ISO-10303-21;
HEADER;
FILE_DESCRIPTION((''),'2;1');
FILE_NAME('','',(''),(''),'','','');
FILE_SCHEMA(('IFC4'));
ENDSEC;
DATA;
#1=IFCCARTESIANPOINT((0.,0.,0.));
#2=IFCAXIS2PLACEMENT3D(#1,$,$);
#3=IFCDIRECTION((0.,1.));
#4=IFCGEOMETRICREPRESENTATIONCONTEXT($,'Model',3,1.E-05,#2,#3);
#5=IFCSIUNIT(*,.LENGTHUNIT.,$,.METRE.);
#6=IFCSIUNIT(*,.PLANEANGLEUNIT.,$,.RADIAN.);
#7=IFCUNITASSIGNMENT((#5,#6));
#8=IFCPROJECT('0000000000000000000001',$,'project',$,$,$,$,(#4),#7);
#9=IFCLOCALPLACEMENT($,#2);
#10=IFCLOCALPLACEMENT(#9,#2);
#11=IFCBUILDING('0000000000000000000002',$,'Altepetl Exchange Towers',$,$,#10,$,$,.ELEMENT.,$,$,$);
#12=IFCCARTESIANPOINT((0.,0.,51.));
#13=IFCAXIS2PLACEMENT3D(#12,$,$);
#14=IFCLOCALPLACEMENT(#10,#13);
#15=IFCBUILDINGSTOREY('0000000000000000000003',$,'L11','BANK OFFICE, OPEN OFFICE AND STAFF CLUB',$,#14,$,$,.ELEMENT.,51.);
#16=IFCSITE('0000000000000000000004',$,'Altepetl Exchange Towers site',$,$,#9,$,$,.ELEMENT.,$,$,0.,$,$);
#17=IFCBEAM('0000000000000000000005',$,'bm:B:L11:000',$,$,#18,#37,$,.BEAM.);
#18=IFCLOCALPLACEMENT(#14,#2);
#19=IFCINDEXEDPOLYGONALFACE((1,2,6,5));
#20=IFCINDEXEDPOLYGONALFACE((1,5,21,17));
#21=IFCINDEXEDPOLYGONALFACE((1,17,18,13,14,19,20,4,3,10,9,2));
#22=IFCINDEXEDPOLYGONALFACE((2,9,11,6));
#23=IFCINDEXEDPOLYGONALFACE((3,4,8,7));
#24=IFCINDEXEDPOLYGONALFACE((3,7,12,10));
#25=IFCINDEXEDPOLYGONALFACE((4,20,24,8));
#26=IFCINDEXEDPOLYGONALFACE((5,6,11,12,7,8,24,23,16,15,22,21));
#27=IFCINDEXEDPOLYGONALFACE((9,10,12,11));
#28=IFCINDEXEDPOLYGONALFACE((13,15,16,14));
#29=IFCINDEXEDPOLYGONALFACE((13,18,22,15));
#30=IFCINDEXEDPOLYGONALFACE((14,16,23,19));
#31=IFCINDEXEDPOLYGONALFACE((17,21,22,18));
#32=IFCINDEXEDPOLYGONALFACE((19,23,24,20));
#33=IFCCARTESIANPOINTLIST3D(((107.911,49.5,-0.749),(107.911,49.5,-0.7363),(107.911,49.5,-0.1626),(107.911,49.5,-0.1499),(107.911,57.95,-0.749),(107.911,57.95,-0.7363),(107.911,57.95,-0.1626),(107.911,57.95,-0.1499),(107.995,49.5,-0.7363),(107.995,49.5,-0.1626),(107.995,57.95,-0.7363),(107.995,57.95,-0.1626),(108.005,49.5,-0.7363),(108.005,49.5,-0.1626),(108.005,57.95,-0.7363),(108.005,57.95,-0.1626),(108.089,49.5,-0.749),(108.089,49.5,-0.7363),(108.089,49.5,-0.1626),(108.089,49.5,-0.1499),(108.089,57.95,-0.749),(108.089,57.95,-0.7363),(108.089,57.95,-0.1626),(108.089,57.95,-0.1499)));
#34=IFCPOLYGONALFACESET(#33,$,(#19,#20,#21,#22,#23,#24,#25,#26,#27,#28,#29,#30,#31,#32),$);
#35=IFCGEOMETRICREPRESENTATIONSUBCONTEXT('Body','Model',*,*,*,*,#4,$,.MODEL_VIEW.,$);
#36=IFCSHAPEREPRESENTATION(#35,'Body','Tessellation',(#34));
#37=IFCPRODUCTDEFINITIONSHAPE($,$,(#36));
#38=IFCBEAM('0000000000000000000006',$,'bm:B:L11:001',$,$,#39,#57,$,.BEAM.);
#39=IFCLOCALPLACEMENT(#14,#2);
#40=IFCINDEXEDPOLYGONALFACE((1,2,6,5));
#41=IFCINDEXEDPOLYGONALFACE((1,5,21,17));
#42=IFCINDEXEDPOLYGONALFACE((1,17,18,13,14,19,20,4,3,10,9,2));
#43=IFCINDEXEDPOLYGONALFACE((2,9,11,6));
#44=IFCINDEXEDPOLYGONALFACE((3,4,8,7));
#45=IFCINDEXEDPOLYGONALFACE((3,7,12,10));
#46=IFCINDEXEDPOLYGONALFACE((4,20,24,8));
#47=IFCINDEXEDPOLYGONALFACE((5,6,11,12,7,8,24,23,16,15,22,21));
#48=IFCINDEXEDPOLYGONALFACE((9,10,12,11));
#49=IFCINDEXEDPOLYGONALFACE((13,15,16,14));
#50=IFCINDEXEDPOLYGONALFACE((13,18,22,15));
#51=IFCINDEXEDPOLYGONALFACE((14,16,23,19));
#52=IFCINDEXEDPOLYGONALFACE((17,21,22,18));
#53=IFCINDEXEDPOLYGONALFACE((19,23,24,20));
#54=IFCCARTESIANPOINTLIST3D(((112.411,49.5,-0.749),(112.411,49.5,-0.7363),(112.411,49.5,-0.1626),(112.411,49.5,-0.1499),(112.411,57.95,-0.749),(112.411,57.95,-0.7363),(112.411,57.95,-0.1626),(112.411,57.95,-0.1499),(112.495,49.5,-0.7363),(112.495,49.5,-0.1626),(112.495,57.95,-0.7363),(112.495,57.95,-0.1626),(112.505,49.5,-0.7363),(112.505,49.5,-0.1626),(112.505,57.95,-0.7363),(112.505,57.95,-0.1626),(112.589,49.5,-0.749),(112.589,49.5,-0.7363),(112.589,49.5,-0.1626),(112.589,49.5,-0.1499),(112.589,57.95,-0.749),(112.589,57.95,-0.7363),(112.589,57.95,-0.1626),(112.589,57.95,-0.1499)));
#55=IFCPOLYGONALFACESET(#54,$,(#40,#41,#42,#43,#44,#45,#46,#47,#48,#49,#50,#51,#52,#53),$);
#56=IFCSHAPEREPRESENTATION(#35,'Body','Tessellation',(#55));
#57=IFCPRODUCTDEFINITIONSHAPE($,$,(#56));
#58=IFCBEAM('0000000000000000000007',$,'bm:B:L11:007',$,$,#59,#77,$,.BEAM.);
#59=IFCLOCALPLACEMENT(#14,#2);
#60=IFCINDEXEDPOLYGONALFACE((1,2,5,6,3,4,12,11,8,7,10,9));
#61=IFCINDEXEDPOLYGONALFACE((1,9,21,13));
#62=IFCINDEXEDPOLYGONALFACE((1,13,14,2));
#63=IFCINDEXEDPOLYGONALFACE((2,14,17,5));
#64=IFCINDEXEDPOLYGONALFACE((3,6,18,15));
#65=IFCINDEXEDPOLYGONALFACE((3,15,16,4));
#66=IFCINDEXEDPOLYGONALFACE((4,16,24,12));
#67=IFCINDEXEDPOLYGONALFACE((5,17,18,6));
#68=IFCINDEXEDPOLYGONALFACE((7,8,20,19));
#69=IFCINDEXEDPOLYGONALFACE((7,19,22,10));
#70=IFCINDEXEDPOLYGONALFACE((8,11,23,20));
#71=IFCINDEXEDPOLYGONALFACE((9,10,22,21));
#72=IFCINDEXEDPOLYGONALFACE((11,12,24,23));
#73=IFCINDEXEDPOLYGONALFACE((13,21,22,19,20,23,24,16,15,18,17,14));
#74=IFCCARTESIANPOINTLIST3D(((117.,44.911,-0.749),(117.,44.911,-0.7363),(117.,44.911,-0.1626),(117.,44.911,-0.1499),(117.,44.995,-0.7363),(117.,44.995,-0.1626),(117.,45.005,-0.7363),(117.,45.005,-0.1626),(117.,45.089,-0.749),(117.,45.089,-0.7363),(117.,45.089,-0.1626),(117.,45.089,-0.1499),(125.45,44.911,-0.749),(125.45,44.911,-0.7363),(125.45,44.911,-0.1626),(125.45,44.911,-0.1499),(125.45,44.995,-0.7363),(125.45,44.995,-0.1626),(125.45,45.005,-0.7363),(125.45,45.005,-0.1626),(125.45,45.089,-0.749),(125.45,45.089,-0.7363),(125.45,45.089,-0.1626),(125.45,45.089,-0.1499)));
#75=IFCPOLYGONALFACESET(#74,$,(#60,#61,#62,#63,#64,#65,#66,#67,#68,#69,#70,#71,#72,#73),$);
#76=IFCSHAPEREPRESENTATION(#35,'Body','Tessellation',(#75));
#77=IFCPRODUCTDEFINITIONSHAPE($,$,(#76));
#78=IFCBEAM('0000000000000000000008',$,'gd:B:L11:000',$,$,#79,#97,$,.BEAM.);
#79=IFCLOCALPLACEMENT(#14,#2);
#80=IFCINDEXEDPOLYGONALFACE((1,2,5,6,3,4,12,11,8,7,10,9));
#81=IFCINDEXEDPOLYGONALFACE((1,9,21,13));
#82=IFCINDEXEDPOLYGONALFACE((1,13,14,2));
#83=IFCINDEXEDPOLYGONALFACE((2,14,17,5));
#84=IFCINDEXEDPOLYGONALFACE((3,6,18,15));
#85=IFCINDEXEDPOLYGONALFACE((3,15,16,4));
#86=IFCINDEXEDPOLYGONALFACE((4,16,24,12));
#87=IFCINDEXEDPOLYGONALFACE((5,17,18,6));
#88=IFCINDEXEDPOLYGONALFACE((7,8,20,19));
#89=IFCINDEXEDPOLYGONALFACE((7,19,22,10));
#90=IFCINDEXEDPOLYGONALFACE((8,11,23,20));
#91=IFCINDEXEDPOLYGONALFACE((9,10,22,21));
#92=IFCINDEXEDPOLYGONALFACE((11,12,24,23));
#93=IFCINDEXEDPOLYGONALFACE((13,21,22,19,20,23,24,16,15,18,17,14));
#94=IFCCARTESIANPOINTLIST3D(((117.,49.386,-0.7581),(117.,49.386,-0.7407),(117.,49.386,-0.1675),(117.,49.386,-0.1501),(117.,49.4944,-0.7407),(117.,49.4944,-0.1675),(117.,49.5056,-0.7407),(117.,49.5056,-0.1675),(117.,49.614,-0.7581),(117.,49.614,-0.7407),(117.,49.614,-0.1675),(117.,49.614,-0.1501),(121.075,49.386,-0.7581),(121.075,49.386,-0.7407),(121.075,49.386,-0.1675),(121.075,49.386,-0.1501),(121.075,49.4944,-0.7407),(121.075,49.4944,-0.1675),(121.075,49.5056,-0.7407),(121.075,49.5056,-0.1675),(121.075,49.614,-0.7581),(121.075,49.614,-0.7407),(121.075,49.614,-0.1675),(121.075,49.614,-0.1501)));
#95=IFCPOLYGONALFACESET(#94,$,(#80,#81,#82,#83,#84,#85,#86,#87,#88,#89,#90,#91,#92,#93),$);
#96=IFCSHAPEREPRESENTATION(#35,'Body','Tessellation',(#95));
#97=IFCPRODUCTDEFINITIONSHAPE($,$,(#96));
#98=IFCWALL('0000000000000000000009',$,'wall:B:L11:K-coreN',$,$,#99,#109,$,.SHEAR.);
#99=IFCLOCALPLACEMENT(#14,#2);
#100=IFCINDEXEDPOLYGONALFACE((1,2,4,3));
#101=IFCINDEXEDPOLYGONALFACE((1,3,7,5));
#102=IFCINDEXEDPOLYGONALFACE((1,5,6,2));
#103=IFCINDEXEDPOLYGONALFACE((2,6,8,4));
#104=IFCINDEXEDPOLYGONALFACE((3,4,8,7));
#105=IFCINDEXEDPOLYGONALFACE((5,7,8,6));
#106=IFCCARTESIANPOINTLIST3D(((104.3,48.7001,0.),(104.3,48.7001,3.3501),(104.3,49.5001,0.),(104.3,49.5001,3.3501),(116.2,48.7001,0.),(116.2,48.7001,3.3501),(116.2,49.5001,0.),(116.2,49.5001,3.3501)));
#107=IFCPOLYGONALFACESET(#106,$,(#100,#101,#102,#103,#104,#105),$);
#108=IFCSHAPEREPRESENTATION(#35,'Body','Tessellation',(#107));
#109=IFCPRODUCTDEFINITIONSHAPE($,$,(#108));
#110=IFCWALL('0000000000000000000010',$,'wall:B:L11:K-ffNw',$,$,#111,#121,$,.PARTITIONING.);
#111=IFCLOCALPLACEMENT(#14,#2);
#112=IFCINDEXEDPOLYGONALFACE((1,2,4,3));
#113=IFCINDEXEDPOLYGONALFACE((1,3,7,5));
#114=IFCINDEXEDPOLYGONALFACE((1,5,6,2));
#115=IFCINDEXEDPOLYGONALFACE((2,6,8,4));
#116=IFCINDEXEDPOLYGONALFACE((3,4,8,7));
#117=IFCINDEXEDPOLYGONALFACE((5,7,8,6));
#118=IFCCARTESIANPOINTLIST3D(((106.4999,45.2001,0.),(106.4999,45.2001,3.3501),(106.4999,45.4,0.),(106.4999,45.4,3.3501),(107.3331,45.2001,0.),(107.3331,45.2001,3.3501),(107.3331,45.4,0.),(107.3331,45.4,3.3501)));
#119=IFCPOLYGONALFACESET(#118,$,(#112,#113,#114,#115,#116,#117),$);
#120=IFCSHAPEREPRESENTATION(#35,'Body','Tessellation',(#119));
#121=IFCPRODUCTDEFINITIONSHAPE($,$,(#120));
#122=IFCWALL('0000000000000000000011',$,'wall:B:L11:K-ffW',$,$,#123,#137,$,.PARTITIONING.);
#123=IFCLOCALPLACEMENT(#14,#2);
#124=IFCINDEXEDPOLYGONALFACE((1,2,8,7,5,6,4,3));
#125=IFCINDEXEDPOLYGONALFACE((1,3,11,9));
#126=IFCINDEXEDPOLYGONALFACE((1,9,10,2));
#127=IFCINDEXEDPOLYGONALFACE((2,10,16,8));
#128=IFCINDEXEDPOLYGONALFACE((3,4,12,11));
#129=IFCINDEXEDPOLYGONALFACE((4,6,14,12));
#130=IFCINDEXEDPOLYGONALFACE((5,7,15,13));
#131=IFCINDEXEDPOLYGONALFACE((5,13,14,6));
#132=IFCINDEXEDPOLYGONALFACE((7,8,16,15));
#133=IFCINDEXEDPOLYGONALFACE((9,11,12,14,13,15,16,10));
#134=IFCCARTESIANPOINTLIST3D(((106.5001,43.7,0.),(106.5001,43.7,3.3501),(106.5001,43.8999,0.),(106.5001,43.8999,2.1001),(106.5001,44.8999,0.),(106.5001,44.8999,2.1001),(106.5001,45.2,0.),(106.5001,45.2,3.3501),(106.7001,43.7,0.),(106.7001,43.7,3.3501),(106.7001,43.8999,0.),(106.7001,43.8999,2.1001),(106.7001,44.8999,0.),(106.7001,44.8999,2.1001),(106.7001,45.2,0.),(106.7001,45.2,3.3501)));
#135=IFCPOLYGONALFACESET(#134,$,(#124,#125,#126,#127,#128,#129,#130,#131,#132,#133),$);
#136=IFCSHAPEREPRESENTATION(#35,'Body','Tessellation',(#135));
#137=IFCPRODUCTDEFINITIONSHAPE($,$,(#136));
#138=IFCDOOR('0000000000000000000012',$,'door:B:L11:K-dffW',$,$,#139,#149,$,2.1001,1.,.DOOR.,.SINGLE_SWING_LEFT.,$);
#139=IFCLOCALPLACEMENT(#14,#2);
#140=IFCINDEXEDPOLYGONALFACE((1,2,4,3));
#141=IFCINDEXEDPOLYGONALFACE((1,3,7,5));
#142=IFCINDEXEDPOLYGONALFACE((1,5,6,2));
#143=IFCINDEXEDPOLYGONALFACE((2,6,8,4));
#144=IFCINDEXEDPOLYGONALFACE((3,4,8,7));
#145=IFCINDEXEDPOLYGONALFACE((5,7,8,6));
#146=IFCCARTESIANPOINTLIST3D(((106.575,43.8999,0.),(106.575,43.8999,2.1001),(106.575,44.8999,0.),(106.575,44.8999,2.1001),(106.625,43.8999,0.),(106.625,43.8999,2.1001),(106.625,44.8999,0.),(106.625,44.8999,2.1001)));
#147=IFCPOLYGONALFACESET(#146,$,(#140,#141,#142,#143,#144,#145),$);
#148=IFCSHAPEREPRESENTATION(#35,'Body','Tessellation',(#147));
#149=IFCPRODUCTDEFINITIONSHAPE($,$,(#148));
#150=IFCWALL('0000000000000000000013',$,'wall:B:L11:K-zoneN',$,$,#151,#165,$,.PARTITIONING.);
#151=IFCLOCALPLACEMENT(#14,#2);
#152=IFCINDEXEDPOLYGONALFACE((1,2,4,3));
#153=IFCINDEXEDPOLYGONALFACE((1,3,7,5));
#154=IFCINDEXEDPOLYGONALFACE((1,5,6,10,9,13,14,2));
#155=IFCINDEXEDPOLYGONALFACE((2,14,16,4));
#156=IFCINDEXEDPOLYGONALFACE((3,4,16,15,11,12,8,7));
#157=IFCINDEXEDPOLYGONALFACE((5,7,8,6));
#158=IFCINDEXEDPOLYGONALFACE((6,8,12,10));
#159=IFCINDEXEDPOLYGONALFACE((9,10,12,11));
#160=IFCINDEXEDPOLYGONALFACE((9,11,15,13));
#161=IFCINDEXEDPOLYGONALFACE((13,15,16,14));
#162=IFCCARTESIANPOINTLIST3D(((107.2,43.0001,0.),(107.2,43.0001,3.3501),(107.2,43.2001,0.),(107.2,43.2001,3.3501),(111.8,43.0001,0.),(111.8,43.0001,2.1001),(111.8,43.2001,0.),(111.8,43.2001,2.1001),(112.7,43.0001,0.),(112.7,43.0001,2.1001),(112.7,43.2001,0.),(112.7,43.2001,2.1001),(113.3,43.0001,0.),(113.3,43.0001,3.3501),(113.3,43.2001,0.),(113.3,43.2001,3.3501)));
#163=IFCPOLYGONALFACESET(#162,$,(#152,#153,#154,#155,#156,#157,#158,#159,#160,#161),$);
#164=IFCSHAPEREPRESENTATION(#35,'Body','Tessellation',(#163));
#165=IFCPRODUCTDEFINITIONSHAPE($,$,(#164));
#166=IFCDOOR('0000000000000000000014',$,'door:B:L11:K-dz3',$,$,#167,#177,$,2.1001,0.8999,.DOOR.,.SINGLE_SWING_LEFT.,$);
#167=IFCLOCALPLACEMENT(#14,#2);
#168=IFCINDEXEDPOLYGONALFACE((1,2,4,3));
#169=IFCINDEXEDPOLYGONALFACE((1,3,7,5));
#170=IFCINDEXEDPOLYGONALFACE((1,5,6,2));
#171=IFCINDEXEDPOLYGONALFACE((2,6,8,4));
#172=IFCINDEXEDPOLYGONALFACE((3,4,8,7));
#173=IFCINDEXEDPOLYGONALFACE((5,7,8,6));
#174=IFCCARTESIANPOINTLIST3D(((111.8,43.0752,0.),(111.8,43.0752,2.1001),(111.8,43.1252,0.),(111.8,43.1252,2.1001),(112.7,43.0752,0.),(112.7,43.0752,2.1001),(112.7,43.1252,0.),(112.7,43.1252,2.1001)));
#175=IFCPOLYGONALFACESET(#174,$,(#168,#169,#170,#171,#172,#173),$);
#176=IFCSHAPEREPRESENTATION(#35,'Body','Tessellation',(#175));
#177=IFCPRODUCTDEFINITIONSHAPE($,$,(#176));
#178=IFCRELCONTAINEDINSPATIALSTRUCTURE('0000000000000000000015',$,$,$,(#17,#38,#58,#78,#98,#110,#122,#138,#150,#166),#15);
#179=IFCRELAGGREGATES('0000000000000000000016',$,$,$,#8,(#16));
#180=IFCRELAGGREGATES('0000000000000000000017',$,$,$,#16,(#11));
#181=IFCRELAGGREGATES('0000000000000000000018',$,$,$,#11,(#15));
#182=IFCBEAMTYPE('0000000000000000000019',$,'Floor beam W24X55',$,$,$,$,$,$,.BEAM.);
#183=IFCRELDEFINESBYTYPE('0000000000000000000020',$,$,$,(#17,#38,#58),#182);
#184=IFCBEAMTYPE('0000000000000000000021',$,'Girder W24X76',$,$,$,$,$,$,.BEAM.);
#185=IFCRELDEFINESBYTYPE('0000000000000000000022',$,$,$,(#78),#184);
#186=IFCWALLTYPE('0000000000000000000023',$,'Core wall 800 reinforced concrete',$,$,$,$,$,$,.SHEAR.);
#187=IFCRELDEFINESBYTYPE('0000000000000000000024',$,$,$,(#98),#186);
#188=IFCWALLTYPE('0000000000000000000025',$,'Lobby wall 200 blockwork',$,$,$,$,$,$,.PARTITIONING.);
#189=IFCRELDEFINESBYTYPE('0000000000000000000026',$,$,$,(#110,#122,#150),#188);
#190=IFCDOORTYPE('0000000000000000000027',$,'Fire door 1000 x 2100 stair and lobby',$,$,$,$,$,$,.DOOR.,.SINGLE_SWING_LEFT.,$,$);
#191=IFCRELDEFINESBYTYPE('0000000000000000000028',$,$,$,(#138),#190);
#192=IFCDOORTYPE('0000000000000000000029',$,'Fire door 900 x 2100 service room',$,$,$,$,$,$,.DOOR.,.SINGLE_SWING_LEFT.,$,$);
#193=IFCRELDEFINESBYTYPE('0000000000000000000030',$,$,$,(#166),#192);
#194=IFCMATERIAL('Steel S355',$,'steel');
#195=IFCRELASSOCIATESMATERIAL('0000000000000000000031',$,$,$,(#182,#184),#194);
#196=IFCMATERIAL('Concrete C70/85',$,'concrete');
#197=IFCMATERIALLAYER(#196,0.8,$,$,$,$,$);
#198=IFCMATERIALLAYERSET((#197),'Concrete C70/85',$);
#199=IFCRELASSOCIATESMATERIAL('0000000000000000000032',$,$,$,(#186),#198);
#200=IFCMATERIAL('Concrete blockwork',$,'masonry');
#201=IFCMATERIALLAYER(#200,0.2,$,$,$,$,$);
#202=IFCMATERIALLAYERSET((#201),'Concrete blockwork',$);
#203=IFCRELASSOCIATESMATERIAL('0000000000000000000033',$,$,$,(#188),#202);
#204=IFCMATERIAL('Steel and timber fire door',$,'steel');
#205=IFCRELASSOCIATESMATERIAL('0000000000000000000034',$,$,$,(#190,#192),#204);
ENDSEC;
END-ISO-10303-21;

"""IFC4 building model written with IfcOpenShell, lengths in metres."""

from ifc_helpers import new_model, si_unit, direction, frame, frame_2d, origin, origin_2d, place, context, subcontext, project, spatial, rectangle, i_section, extrude, material, layer, layer_set, material_profile, profile_set, type_object, element, fill, save


model = new_model("IFC4")

# Units and contexts
model_context = context("Model", 3, precision=1e-05, world=origin(), true_north=direction((0.0, 1.0)))
body_context = subcontext(model_context, "Body", "Model", "MODEL_VIEW")
ifc_project = project(units=[si_unit("LENGTHUNIT", "METRE"), si_unit("PLANEANGLEUNIT", "RADIAN")], contexts=[model_context])

# Site, building, storey
site_placement = place(None, origin())
site = spatial("IfcSite", under=ifc_project, at=site_placement, Name="Altepetl Exchange Towers site", CompositionType="ELEMENT", RefElevation=0.0)
building_placement = place(site_placement, origin())
building = spatial("IfcBuilding", under=site, at=building_placement, Name="Altepetl Exchange Towers", CompositionType="ELEMENT")
storey_placement = place(building_placement, frame((0.0, 0.0, 51.0)))
storey = spatial("IfcBuildingStorey", under=building, at=storey_placement, Name="L11", Description="BANK OFFICE, OPEN OFFICE AND STAFF CLUB", CompositionType="ELEMENT", Elevation=51.0)

# Beams
ifc_material_1 = material(Name="Steel S355", Category="steel")
ifc_material_profile_1 = material_profile(ifc_material_1, i_section(OverallWidth=0.178, OverallDepth=0.5991, WebThickness=0.01, FlangeThickness=0.0127, at=origin_2d()), Name="W24X55")
ifc_profile_set_1 = profile_set([ifc_material_profile_1], Name="Steel S355")
beam_type_1 = type_object("IfcBeamType", Name="Floor beam W24X55", PredefinedType="BEAM", material=ifc_profile_set_1)
for number, where, z_axis, x_axis, name in (
    (1, (108.0, 49.5, -0.4495), (0.0, 1.0, 0.0), (-1.0, 0.0, 0.0), "bm:B:L11:000"),
    (2, (112.5, 49.5, -0.4495), (0.0, 1.0, 0.0), (-1.0, 0.0, 0.0), "bm:B:L11:001"),
    (3, (117.0, 45.0, -0.4495), (1.0, 0.0, 0.0), (0.0, 1.0, 0.0), "bm:B:L11:007"),
):
    element("IfcBeam", number, at=place(storey_placement, frame(where, z_axis=z_axis, x_axis=x_axis)), inside=storey, type_object=beam_type_1, Name=name, PredefinedType="BEAM", context=body_context, shape_type="SweptSolid", body=[
        extrude(i_section(OverallWidth=0.178, OverallDepth=0.5991, WebThickness=0.01, FlangeThickness=0.0127, at=origin_2d()), origin(), (0.0, 0.0, 1.0), 8.45),
    ])
ifc_material_profile_2 = material_profile(ifc_material_1, i_section(OverallWidth=0.228, OverallDepth=0.6079, WebThickness=0.0112, FlangeThickness=0.0173, at=origin_2d()), Name="W24X76")
ifc_profile_set_2 = profile_set([ifc_material_profile_2], Name="Steel S355")
beam_type_2 = type_object("IfcBeamType", Name="Girder W24X76", PredefinedType="BEAM", material=ifc_profile_set_2)
beam_placement = place(storey_placement, frame((117.0, 49.5, -0.4541), z_axis=(1.0, 0.0, 0.0), x_axis=(0.0, 1.0, 0.0)))
element("IfcBeam", 4, at=beam_placement, inside=storey, type_object=beam_type_2, Name="gd:B:L11:000", PredefinedType="BEAM", context=body_context, shape_type="SweptSolid", body=[
    extrude(i_section(OverallWidth=0.228, OverallDepth=0.6079, WebThickness=0.0112, FlangeThickness=0.0173, at=origin_2d()), origin(), (0.0, 0.0, 1.0), 4.075),
])

# Walls
ifc_material_2 = material(Name="Concrete C70/85", Category="concrete")
ifc_layer_1 = layer(ifc_material_2, 0.8)
ifc_layer_set_1 = layer_set([ifc_layer_1], Name="Concrete C70/85")
wall_type_1 = type_object("IfcWallType", Name="Core wall 800 reinforced concrete", PredefinedType="SHEAR", material=ifc_layer_set_1)
wall_1_placement = place(storey_placement, frame((104.3, 49.1001, 0.0)))
element("IfcWall", 5, at=wall_1_placement, inside=storey, type_object=wall_type_1, Name="wall:B:L11:K-coreN", PredefinedType="SHEAR", context=body_context, shape_type="SweptSolid", body=[
    extrude(rectangle(XDim=11.8999, YDim=0.8, at=frame_2d((5.95, 0.0))), origin(), (0.0, 0.0, 1.0), 3.3501),
])
ifc_material_3 = material(Name="Concrete blockwork", Category="masonry")
ifc_layer_2 = layer(ifc_material_3, 0.2)
ifc_layer_set_2 = layer_set([ifc_layer_2], Name="Concrete blockwork")
wall_type_2 = type_object("IfcWallType", Name="Lobby wall 200 blockwork", PredefinedType="PARTITIONING", material=ifc_layer_set_2)
wall_2_placement = place(storey_placement, frame((106.5, 45.3, 0.0)))
element("IfcWall", 6, at=wall_2_placement, inside=storey, type_object=wall_type_2, Name="wall:B:L11:K-ffNw", PredefinedType="PARTITIONING", context=body_context, shape_type="SweptSolid", body=[
    extrude(rectangle(XDim=0.8333, YDim=0.2, at=frame_2d((0.4165, 0.0))), origin(), (0.0, 0.0, 1.0), 3.3501),
])

# Walls, openings, doors
wall_3_placement = place(storey_placement, frame((106.6001, 43.7, 0.0), z_axis=(0.0, 0.0, 1.0), x_axis=(0.0, 1.0, 0.0)))
wall_3 = element("IfcWall", 7, at=wall_3_placement, inside=storey, type_object=wall_type_2, Name="wall:B:L11:K-ffW", PredefinedType="PARTITIONING", context=body_context, shape_type="SweptSolid", body=[
    extrude(rectangle(XDim=1.5, YDim=0.2, at=frame_2d((0.75, 0.0))), origin(), (0.0, 0.0, 1.0), 3.3501),
])
opening_1_placement = place(wall_3_placement, frame((0.2, 0.0, 0.0)))
opening_1 = element("IfcOpeningElement", 8, at=opening_1_placement, cuts=wall_3, PredefinedType="OPENING", context=body_context, shape_type="SweptSolid", body=[
    extrude(rectangle(XDim=1.0, YDim=2.1001, at=frame_2d((0.5, 1.05))), frame((0.0, 0.1099, 0.0), z_axis=(0.0, -1.0, 0.0), x_axis=(1.0, 0.0, 0.0)), (0.0, 0.0, 1.0), 0.22),
])
ifc_material_4 = material(Name="Steel and timber fire door", Category="steel")
door_type_1 = type_object("IfcDoorType", Name="Fire door 1000 x 2100 stair and lobby", OperationType="SINGLE_SWING_LEFT", PredefinedType="DOOR", material=ifc_material_4)
door_1_placement = place(opening_1_placement, frame((1.0, 0.0, 0.0), x_axis=(-1.0, 0.0, 0.0)))
door_1 = element("IfcDoor", 9, at=door_1_placement, inside=storey, type_object=door_type_1, Name="door:B:L11:K-dffW", OperationType="SINGLE_SWING_LEFT", OverallHeight=2.1001, OverallWidth=1.0, PredefinedType="DOOR", context=body_context, shape_type="SweptSolid", body=[
    extrude(rectangle(XDim=1.0, YDim=2.1001, at=frame_2d((0.5, 1.05))), frame((0.0, 0.0249, 0.0), z_axis=(0.0, -1.0, 0.0), x_axis=(1.0, 0.0, 0.0)), (0.0, 0.0, 1.0), 0.05),
])
fill(opening_1, door_1)
wall_4_placement = place(storey_placement, frame((107.2, 43.1001, 0.0)))
wall_4 = element("IfcWall", 10, at=wall_4_placement, inside=storey, type_object=wall_type_2, Name="wall:B:L11:K-zoneN", PredefinedType="PARTITIONING", context=body_context, shape_type="SweptSolid", body=[
    extrude(rectangle(XDim=6.1001, YDim=0.2, at=frame_2d((3.05, 0.0))), origin(), (0.0, 0.0, 1.0), 3.3501),
])
opening_2_placement = place(wall_4_placement, frame((4.6001, 0.0, 0.0)))
opening_2 = element("IfcOpeningElement", 11, at=opening_2_placement, cuts=wall_4, PredefinedType="OPENING", context=body_context, shape_type="SweptSolid", body=[
    extrude(rectangle(XDim=0.8999, YDim=2.1001, at=frame_2d((0.45, 1.05))), frame((0.0, 0.1099, 0.0), z_axis=(0.0, -1.0, 0.0), x_axis=(1.0, 0.0, 0.0)), (0.0, 0.0, 1.0), 0.22),
])
door_type_2 = type_object("IfcDoorType", Name="Fire door 900 x 2100 service room", OperationType="SINGLE_SWING_LEFT", PredefinedType="DOOR", material=ifc_material_4)
door_2_placement = place(opening_2_placement, frame((0.8999, 0.0, 0.0), x_axis=(-1.0, 0.0, 0.0)))
door_2 = element("IfcDoor", 12, at=door_2_placement, inside=storey, type_object=door_type_2, Name="door:B:L11:K-dz3", OperationType="SINGLE_SWING_LEFT", OverallHeight=2.1001, OverallWidth=0.8999, PredefinedType="DOOR", context=body_context, shape_type="SweptSolid", body=[
    extrude(rectangle(XDim=0.8999, YDim=2.1001, at=frame_2d((0.45, 1.05))), frame((0.0, 0.0249, 0.0), z_axis=(0.0, -1.0, 0.0), x_axis=(1.0, 0.0, 0.0)), (0.0, 0.0, 1.0), 0.05),
])
fill(opening_2, door_2)

save(model, "model.ifc")
